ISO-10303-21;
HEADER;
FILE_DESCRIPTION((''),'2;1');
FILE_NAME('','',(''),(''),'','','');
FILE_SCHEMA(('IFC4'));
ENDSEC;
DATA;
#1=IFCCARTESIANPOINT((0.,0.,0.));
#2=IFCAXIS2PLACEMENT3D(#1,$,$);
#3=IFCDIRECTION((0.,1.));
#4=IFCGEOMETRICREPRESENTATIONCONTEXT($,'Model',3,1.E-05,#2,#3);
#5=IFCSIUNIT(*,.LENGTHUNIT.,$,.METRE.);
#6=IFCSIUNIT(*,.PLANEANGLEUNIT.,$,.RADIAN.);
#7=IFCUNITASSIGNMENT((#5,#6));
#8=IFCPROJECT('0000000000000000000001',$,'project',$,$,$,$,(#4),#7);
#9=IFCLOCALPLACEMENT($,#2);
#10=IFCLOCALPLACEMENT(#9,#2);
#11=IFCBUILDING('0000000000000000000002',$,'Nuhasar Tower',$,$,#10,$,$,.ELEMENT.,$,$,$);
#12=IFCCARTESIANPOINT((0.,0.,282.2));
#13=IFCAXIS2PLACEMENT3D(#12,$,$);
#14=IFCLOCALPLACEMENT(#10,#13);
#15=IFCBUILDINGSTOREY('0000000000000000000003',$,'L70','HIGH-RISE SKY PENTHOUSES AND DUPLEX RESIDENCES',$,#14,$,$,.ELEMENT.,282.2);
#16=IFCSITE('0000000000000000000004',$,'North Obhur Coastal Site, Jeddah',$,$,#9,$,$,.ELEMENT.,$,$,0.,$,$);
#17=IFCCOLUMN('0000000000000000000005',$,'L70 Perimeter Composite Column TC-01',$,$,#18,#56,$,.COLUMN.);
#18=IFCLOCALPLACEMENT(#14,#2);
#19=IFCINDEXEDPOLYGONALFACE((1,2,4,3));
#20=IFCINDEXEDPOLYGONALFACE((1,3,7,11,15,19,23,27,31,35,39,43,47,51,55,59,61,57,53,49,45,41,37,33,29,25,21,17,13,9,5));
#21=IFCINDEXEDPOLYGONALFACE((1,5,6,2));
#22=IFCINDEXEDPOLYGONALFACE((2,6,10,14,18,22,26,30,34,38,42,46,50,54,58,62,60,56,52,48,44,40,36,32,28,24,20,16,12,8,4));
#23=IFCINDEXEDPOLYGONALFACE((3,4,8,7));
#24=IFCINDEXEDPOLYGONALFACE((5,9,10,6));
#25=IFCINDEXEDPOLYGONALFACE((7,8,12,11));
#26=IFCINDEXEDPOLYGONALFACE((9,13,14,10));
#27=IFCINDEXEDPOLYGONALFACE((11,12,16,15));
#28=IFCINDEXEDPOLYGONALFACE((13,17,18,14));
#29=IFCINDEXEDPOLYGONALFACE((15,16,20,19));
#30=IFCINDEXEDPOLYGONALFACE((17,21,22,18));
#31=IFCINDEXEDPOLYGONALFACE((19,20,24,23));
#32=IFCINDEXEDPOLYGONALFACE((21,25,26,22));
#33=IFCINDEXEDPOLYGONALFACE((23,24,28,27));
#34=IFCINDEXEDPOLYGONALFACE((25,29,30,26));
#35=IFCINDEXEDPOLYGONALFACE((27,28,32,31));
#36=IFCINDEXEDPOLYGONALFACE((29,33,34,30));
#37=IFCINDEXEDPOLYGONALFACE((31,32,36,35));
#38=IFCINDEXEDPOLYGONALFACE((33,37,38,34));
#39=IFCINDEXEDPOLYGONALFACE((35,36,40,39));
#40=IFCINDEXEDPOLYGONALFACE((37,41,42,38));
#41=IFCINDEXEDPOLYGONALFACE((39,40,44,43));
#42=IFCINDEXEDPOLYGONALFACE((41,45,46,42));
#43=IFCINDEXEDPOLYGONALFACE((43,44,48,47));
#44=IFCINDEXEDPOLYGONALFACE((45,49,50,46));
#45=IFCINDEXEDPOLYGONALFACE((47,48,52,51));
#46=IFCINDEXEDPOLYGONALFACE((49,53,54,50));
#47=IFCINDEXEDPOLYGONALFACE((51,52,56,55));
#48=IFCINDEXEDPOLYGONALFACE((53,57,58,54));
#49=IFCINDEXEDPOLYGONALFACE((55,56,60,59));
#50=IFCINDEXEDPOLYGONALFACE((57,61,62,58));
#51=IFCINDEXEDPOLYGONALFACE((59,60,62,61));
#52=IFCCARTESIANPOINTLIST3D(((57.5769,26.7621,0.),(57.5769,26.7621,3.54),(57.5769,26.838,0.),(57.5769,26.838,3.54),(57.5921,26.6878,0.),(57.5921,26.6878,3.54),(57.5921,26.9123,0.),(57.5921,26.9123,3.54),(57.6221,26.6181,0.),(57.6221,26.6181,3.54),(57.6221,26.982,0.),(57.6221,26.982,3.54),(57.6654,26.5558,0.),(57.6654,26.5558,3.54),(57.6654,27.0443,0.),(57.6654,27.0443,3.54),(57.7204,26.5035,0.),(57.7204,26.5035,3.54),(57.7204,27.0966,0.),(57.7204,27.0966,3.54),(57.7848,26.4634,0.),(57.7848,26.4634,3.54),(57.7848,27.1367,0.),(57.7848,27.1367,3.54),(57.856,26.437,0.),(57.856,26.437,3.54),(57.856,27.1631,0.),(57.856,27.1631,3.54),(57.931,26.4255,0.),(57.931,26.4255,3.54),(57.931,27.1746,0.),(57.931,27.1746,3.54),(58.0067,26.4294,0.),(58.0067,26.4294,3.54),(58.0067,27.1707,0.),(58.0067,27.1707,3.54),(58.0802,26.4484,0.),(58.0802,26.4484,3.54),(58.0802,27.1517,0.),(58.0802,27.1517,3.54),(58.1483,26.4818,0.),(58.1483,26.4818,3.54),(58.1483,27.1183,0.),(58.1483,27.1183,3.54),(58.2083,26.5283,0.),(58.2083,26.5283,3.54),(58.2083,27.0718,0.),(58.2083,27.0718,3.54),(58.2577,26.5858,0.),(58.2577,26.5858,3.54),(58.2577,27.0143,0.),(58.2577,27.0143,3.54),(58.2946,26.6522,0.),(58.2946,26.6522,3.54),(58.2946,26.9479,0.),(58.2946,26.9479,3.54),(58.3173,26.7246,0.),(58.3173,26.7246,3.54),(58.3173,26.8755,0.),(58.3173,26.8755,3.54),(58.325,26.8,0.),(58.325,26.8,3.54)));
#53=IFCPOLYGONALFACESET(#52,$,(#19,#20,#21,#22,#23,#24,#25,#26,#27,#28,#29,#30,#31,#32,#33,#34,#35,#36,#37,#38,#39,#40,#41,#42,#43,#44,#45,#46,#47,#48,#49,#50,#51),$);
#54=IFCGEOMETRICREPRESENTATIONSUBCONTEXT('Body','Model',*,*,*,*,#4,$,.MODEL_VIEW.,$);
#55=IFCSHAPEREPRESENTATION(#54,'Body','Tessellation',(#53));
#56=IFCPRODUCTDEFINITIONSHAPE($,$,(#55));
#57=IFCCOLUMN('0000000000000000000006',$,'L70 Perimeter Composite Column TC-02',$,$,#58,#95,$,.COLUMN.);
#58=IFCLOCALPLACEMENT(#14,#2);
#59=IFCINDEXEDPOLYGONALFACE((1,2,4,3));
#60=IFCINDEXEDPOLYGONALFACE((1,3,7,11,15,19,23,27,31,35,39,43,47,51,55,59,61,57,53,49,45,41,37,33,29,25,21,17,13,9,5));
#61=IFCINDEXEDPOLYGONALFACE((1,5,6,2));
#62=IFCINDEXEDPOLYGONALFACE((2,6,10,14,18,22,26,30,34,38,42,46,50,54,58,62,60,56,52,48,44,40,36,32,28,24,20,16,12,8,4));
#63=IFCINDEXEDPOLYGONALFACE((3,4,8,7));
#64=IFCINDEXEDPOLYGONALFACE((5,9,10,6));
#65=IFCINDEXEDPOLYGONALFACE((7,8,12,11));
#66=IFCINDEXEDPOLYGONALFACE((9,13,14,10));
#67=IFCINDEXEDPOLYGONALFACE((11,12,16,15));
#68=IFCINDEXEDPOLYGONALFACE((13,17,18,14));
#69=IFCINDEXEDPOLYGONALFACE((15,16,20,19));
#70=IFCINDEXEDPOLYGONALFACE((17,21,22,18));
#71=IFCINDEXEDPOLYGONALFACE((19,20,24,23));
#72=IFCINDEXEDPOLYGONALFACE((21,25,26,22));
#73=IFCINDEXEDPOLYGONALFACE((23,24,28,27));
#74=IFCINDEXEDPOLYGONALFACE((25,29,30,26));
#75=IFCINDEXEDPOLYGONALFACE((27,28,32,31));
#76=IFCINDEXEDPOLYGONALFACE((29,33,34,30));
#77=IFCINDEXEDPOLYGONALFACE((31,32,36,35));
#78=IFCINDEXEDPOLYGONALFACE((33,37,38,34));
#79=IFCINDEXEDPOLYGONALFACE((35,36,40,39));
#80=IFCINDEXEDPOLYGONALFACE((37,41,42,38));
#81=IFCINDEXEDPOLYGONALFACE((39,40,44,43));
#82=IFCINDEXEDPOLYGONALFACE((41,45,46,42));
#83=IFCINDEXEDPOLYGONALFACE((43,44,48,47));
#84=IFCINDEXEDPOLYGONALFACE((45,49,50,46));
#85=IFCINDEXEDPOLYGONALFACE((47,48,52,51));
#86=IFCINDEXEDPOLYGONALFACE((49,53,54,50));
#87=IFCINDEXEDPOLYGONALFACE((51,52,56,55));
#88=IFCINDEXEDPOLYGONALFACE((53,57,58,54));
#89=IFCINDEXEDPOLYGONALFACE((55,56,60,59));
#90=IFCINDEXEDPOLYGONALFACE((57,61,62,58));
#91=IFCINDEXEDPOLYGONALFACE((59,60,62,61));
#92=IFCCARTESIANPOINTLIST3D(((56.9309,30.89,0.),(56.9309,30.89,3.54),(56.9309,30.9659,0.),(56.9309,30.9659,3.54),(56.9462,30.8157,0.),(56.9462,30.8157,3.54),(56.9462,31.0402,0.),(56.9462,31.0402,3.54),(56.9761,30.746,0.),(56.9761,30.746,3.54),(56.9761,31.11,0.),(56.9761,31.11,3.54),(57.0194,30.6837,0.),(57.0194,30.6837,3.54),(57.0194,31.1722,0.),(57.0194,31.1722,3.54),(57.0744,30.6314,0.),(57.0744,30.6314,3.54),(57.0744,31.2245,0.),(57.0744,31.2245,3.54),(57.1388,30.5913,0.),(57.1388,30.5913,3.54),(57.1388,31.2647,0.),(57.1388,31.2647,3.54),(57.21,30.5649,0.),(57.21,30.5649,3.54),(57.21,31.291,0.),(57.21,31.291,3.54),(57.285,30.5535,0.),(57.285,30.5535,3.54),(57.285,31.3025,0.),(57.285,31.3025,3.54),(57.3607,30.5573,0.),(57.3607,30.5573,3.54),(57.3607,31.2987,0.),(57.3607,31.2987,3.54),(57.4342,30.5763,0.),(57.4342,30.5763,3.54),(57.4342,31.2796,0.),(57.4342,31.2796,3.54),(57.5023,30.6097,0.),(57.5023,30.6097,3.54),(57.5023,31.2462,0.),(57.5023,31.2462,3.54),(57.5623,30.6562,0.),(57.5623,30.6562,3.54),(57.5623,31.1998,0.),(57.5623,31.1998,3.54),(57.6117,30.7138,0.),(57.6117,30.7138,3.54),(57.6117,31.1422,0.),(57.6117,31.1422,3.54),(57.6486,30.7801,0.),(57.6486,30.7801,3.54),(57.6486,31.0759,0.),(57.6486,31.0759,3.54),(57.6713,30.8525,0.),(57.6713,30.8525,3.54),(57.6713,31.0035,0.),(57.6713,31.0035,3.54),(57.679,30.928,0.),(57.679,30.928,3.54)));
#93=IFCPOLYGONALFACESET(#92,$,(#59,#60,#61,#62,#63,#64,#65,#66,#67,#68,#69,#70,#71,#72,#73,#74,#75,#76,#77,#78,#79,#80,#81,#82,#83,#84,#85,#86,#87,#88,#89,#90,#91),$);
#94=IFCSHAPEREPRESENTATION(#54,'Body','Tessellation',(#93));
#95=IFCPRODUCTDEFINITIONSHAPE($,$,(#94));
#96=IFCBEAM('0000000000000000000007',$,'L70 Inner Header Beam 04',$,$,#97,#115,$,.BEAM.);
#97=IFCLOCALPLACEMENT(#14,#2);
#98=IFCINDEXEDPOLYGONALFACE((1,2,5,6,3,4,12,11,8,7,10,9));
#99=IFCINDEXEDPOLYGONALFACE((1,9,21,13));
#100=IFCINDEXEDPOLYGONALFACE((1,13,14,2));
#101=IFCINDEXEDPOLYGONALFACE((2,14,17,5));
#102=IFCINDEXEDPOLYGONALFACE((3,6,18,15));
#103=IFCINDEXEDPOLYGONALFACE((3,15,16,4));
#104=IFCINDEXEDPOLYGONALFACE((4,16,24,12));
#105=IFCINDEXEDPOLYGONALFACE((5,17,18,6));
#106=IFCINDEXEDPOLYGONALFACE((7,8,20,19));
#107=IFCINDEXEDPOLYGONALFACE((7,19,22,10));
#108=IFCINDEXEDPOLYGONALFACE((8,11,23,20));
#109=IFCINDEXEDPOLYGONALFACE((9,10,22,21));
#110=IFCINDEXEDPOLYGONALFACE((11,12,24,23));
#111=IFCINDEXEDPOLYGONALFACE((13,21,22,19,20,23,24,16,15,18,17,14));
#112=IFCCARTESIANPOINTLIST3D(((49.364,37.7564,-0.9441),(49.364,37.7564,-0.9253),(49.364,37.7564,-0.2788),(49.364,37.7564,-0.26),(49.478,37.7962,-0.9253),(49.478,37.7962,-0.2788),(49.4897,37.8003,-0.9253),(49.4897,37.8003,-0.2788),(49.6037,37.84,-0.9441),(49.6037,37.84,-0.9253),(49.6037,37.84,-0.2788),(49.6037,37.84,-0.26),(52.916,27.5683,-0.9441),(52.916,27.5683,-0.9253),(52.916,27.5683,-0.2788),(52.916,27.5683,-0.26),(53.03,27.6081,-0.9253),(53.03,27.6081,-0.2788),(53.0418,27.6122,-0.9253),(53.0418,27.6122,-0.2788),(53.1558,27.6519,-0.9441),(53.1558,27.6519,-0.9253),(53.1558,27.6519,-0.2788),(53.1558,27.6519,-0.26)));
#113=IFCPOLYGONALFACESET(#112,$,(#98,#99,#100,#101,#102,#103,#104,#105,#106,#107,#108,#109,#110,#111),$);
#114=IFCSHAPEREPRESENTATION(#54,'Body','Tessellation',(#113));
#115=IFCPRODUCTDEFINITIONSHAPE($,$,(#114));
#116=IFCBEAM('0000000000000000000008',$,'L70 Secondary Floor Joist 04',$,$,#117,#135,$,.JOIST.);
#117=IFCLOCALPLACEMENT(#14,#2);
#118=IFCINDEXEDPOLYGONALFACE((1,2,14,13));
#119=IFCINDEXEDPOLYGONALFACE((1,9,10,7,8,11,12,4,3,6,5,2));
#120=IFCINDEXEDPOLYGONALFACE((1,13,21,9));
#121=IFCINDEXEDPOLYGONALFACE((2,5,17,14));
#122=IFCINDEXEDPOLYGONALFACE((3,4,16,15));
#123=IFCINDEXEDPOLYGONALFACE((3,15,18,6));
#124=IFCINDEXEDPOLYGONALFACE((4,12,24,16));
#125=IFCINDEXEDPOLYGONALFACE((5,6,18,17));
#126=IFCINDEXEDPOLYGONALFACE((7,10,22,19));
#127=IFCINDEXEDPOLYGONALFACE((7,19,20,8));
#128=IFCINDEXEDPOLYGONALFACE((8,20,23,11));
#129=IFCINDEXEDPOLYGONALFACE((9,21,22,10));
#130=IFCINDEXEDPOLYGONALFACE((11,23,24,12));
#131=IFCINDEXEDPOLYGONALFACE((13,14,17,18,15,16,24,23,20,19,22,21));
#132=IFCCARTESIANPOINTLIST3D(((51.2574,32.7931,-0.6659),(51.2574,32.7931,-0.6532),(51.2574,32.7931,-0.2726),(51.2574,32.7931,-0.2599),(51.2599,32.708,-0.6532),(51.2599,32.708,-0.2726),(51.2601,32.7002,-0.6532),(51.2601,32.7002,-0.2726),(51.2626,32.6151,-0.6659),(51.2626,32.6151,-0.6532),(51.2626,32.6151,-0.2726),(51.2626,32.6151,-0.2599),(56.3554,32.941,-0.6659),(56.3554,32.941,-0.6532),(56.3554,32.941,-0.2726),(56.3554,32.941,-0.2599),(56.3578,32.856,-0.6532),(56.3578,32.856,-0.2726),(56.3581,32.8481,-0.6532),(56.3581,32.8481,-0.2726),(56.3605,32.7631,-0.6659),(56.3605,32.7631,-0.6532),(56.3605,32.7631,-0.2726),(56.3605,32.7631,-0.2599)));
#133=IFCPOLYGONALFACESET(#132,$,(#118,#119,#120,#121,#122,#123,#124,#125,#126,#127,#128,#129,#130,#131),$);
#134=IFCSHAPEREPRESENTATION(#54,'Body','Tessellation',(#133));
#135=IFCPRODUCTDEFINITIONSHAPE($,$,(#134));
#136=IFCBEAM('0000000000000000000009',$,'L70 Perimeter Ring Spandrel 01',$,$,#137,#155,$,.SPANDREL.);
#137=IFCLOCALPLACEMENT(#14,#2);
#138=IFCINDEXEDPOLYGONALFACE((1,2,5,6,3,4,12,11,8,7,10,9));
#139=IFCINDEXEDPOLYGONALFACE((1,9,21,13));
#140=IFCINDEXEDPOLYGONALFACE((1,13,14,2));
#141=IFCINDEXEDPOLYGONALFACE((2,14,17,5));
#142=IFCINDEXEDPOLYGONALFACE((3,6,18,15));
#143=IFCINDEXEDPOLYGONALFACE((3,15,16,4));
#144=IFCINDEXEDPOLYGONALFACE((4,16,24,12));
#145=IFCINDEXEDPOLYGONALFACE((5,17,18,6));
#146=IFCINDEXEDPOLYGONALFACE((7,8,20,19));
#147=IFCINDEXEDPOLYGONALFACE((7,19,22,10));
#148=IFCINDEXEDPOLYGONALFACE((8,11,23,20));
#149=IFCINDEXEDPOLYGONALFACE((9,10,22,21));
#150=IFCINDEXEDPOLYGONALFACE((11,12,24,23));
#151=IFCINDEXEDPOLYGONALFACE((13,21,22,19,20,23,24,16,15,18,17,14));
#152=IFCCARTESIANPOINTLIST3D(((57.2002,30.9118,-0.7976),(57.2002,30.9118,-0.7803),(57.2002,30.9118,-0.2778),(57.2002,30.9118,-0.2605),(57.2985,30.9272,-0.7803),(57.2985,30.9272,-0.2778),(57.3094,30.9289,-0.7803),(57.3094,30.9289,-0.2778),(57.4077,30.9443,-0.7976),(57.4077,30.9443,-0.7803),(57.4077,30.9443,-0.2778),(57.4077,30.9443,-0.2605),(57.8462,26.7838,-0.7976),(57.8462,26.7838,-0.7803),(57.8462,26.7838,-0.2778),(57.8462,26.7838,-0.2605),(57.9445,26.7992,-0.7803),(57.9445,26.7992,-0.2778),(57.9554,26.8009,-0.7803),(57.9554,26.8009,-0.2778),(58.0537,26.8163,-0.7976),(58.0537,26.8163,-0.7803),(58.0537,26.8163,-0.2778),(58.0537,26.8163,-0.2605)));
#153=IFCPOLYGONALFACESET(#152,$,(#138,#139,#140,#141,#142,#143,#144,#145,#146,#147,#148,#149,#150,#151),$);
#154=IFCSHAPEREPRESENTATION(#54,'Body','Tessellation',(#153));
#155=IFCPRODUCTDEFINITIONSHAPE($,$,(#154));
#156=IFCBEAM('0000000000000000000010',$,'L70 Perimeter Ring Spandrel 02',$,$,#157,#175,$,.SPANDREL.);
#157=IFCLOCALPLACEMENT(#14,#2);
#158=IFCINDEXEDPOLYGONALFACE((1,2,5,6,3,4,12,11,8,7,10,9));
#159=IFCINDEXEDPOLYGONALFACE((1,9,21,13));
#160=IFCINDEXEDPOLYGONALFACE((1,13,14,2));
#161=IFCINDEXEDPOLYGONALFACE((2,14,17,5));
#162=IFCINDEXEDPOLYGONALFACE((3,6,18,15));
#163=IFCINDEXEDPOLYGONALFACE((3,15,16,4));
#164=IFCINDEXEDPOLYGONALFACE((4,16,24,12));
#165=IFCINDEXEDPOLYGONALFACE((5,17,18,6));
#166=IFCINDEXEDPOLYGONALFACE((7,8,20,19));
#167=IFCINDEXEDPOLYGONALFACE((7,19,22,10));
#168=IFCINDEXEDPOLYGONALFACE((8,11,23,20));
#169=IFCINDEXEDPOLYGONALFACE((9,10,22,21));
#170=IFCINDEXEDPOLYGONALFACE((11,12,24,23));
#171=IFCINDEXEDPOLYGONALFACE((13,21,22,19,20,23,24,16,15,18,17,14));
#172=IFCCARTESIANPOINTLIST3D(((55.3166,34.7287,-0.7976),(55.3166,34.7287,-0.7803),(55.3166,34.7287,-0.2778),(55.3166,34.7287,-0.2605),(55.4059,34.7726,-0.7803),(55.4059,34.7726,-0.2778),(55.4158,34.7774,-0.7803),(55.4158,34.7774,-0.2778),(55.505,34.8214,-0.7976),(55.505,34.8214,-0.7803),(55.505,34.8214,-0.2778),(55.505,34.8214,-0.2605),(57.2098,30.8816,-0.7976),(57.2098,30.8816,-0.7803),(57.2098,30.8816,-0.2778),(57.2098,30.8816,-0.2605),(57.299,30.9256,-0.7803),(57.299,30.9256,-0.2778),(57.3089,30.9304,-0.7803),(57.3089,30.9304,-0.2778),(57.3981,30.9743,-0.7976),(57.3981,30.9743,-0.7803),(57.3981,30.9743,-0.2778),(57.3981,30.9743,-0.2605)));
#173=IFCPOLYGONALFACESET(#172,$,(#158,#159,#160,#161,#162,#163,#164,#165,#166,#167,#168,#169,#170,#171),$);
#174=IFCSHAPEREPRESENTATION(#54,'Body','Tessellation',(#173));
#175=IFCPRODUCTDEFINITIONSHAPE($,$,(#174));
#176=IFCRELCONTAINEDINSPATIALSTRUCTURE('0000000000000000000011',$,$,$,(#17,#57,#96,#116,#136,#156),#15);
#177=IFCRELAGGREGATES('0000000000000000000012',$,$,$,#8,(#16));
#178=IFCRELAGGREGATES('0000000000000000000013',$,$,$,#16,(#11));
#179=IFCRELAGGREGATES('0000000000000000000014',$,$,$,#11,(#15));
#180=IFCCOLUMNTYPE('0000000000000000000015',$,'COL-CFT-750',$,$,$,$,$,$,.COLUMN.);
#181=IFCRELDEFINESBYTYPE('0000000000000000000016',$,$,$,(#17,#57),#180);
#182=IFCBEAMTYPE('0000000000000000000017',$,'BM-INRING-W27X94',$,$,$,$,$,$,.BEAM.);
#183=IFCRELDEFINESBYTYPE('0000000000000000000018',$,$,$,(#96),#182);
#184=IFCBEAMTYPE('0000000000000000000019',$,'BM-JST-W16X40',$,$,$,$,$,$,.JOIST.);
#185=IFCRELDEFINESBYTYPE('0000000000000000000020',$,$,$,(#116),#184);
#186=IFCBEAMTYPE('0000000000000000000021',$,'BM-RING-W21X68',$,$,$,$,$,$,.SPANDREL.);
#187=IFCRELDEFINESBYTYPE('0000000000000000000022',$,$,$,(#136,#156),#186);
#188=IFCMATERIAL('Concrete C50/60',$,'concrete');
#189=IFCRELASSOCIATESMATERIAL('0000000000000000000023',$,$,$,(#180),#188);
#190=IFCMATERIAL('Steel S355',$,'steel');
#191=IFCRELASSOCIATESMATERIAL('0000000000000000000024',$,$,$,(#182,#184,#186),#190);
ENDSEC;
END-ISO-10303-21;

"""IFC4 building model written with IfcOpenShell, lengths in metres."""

from ifc_helpers import new_model, si_unit, direction, frame, origin, origin_2d, place, context, subcontext, project, spatial, circle, i_section, extrude, material, material_profile, profile_set, type_object, element, save


model = new_model("IFC4")

# Units and contexts
model_context = context("Model", 3, precision=1e-05, world=origin(), true_north=direction((0.0, 1.0)))
body_context = subcontext(model_context, "Body", "Model", "MODEL_VIEW")
ifc_project = project(units=[si_unit("LENGTHUNIT", "METRE"), si_unit("PLANEANGLEUNIT", "RADIAN")], contexts=[model_context])

# Site, building, storey
site_placement = place(None, origin())
site = spatial("IfcSite", under=ifc_project, at=site_placement, Name="North Obhur Coastal Site, Jeddah", CompositionType="ELEMENT", RefElevation=0.0)
building_placement = place(site_placement, origin())
building = spatial("IfcBuilding", under=site, at=building_placement, Name="Nuhasar Tower", CompositionType="ELEMENT")
storey_placement = place(building_placement, frame((0.0, 0.0, 282.2)))
storey = spatial("IfcBuildingStorey", under=building, at=storey_placement, Name="L70", Description="HIGH-RISE SKY PENTHOUSES AND DUPLEX RESIDENCES", CompositionType="ELEMENT", Elevation=282.2)

# Columns
ifc_material_1 = material(Name="Concrete C50/60", Category="concrete")
ifc_material_profile_1 = material_profile(ifc_material_1, circle(Radius=0.375, at=origin_2d()), Name="CFT750")
ifc_profile_set_1 = profile_set([ifc_material_profile_1], Name="Concrete C50/60")
column_type = type_object("IfcColumnType", Name="COL-CFT-750", PredefinedType="COLUMN", material=ifc_profile_set_1)
for number, where, z_axis, x_axis, name in (
    (1, (57.95, 26.8, 0.0), (0.0, 0.0, 1.0), (1.0, 0.0, 0.0), "L70 Perimeter Composite Column TC-01"),
    (2, (57.304, 30.928, 0.0), (0.0, 0.0, 1.0), (1.0, 0.0, 0.0), "L70 Perimeter Composite Column TC-02"),
):
    element("IfcColumn", number, at=place(storey_placement, frame(where, z_axis=z_axis, x_axis=x_axis)), inside=storey, type_object=column_type, Name=name, PredefinedType="COLUMN", context=body_context, shape_type="SweptSolid", body=[
        extrude(circle(Radius=0.375, at=origin_2d()), origin(), (0.0, 0.0, 1.0), 3.54),
    ])

# Beams
ifc_material_2 = material(Name="Steel S355", Category="steel")
ifc_material_profile_2 = material_profile(ifc_material_2, i_section(OverallWidth=0.2539, OverallDepth=0.6841, WebThickness=0.0125, FlangeThickness=0.0188, at=origin_2d()), Name="W27X94")
ifc_profile_set_2 = profile_set([ifc_material_profile_2], Name="Steel S355")
beam_type_1 = type_object("IfcBeamType", Name="BM-INRING-W27X94", PredefinedType="BEAM", material=ifc_profile_set_2)
beam_1_placement = place(storey_placement, frame((53.0359, 27.6101, -0.6021), z_axis=(-0.329211, 0.944256, 0.0), x_axis=(-0.944256, -0.329211, 0.0)))
element("IfcBeam", 3, at=beam_1_placement, inside=storey, type_object=beam_type_1, Name="L70 Inner Header Beam 04", PredefinedType="BEAM", context=body_context, shape_type="SweptSolid", body=[
    extrude(i_section(OverallWidth=0.2539, OverallDepth=0.6841, WebThickness=0.0125, FlangeThickness=0.0188, at=origin_2d()), origin(), (0.0, 0.0, 1.0), 10.7896),
])
ifc_material_profile_3 = material_profile(ifc_material_2, i_section(OverallWidth=0.178, OverallDepth=0.406, WebThickness=0.0078, FlangeThickness=0.0127, at=origin_2d()), Name="W16X40")
ifc_profile_set_3 = profile_set([ifc_material_profile_3], Name="Steel S355")
beam_type_2 = type_object("IfcBeamType", Name="BM-JST-W16X40", PredefinedType="JOIST", material=ifc_profile_set_3)
beam_2_placement = place(storey_placement, frame((51.26, 32.7041, -0.4629), z_axis=(0.999579, 0.029009, 0.0), x_axis=(-0.029009, 0.999579, 0.0)))
element("IfcBeam", 4, at=beam_2_placement, inside=storey, type_object=beam_type_2, Name="L70 Secondary Floor Joist 04", PredefinedType="JOIST", context=body_context, shape_type="SweptSolid", body=[
    extrude(i_section(OverallWidth=0.178, OverallDepth=0.406, WebThickness=0.0078, FlangeThickness=0.0127, at=origin_2d()), origin(), (0.0, 0.0, 1.0), 5.1001),
])
ifc_material_profile_4 = material_profile(ifc_material_2, i_section(OverallWidth=0.21, OverallDepth=0.5371, WebThickness=0.011, FlangeThickness=0.0173, at=origin_2d()), Name="W21X68")
ifc_profile_set_4 = profile_set([ifc_material_profile_4], Name="Steel S355")
beam_type_3 = type_object("IfcBeamType", Name="BM-RING-W21X68", PredefinedType="SPANDREL", material=ifc_profile_set_4)
beam_3_placement = place(storey_placement, frame((57.95, 26.8, -0.5291), z_axis=(-0.154612, 0.987975, 0.0), x_axis=(-0.987975, -0.154612, 0.0)))
element("IfcBeam", 5, at=beam_3_placement, inside=storey, type_object=beam_type_3, Name="L70 Perimeter Ring Spandrel 01", PredefinedType="SPANDREL", context=body_context, shape_type="SweptSolid", body=[
    extrude(i_section(OverallWidth=0.21, OverallDepth=0.5371, WebThickness=0.011, FlangeThickness=0.0173, at=origin_2d()), origin(), (0.0, 0.0, 1.0), 4.1782),
])
beam_4_placement = place(storey_placement, frame((57.304, 30.928, -0.5291), z_axis=(-0.441533, 0.897245, 0.0), x_axis=(-0.897245, -0.441533, 0.0)))
element("IfcBeam", 6, at=beam_4_placement, inside=storey, type_object=beam_type_3, Name="L70 Perimeter Ring Spandrel 02", PredefinedType="SPANDREL", context=body_context, shape_type="SweptSolid", body=[
    extrude(i_section(OverallWidth=0.21, OverallDepth=0.5371, WebThickness=0.011, FlangeThickness=0.0173, at=origin_2d()), origin(), (0.0, 0.0, 1.0), 4.2876),
])

save(model, "model.ifc")
